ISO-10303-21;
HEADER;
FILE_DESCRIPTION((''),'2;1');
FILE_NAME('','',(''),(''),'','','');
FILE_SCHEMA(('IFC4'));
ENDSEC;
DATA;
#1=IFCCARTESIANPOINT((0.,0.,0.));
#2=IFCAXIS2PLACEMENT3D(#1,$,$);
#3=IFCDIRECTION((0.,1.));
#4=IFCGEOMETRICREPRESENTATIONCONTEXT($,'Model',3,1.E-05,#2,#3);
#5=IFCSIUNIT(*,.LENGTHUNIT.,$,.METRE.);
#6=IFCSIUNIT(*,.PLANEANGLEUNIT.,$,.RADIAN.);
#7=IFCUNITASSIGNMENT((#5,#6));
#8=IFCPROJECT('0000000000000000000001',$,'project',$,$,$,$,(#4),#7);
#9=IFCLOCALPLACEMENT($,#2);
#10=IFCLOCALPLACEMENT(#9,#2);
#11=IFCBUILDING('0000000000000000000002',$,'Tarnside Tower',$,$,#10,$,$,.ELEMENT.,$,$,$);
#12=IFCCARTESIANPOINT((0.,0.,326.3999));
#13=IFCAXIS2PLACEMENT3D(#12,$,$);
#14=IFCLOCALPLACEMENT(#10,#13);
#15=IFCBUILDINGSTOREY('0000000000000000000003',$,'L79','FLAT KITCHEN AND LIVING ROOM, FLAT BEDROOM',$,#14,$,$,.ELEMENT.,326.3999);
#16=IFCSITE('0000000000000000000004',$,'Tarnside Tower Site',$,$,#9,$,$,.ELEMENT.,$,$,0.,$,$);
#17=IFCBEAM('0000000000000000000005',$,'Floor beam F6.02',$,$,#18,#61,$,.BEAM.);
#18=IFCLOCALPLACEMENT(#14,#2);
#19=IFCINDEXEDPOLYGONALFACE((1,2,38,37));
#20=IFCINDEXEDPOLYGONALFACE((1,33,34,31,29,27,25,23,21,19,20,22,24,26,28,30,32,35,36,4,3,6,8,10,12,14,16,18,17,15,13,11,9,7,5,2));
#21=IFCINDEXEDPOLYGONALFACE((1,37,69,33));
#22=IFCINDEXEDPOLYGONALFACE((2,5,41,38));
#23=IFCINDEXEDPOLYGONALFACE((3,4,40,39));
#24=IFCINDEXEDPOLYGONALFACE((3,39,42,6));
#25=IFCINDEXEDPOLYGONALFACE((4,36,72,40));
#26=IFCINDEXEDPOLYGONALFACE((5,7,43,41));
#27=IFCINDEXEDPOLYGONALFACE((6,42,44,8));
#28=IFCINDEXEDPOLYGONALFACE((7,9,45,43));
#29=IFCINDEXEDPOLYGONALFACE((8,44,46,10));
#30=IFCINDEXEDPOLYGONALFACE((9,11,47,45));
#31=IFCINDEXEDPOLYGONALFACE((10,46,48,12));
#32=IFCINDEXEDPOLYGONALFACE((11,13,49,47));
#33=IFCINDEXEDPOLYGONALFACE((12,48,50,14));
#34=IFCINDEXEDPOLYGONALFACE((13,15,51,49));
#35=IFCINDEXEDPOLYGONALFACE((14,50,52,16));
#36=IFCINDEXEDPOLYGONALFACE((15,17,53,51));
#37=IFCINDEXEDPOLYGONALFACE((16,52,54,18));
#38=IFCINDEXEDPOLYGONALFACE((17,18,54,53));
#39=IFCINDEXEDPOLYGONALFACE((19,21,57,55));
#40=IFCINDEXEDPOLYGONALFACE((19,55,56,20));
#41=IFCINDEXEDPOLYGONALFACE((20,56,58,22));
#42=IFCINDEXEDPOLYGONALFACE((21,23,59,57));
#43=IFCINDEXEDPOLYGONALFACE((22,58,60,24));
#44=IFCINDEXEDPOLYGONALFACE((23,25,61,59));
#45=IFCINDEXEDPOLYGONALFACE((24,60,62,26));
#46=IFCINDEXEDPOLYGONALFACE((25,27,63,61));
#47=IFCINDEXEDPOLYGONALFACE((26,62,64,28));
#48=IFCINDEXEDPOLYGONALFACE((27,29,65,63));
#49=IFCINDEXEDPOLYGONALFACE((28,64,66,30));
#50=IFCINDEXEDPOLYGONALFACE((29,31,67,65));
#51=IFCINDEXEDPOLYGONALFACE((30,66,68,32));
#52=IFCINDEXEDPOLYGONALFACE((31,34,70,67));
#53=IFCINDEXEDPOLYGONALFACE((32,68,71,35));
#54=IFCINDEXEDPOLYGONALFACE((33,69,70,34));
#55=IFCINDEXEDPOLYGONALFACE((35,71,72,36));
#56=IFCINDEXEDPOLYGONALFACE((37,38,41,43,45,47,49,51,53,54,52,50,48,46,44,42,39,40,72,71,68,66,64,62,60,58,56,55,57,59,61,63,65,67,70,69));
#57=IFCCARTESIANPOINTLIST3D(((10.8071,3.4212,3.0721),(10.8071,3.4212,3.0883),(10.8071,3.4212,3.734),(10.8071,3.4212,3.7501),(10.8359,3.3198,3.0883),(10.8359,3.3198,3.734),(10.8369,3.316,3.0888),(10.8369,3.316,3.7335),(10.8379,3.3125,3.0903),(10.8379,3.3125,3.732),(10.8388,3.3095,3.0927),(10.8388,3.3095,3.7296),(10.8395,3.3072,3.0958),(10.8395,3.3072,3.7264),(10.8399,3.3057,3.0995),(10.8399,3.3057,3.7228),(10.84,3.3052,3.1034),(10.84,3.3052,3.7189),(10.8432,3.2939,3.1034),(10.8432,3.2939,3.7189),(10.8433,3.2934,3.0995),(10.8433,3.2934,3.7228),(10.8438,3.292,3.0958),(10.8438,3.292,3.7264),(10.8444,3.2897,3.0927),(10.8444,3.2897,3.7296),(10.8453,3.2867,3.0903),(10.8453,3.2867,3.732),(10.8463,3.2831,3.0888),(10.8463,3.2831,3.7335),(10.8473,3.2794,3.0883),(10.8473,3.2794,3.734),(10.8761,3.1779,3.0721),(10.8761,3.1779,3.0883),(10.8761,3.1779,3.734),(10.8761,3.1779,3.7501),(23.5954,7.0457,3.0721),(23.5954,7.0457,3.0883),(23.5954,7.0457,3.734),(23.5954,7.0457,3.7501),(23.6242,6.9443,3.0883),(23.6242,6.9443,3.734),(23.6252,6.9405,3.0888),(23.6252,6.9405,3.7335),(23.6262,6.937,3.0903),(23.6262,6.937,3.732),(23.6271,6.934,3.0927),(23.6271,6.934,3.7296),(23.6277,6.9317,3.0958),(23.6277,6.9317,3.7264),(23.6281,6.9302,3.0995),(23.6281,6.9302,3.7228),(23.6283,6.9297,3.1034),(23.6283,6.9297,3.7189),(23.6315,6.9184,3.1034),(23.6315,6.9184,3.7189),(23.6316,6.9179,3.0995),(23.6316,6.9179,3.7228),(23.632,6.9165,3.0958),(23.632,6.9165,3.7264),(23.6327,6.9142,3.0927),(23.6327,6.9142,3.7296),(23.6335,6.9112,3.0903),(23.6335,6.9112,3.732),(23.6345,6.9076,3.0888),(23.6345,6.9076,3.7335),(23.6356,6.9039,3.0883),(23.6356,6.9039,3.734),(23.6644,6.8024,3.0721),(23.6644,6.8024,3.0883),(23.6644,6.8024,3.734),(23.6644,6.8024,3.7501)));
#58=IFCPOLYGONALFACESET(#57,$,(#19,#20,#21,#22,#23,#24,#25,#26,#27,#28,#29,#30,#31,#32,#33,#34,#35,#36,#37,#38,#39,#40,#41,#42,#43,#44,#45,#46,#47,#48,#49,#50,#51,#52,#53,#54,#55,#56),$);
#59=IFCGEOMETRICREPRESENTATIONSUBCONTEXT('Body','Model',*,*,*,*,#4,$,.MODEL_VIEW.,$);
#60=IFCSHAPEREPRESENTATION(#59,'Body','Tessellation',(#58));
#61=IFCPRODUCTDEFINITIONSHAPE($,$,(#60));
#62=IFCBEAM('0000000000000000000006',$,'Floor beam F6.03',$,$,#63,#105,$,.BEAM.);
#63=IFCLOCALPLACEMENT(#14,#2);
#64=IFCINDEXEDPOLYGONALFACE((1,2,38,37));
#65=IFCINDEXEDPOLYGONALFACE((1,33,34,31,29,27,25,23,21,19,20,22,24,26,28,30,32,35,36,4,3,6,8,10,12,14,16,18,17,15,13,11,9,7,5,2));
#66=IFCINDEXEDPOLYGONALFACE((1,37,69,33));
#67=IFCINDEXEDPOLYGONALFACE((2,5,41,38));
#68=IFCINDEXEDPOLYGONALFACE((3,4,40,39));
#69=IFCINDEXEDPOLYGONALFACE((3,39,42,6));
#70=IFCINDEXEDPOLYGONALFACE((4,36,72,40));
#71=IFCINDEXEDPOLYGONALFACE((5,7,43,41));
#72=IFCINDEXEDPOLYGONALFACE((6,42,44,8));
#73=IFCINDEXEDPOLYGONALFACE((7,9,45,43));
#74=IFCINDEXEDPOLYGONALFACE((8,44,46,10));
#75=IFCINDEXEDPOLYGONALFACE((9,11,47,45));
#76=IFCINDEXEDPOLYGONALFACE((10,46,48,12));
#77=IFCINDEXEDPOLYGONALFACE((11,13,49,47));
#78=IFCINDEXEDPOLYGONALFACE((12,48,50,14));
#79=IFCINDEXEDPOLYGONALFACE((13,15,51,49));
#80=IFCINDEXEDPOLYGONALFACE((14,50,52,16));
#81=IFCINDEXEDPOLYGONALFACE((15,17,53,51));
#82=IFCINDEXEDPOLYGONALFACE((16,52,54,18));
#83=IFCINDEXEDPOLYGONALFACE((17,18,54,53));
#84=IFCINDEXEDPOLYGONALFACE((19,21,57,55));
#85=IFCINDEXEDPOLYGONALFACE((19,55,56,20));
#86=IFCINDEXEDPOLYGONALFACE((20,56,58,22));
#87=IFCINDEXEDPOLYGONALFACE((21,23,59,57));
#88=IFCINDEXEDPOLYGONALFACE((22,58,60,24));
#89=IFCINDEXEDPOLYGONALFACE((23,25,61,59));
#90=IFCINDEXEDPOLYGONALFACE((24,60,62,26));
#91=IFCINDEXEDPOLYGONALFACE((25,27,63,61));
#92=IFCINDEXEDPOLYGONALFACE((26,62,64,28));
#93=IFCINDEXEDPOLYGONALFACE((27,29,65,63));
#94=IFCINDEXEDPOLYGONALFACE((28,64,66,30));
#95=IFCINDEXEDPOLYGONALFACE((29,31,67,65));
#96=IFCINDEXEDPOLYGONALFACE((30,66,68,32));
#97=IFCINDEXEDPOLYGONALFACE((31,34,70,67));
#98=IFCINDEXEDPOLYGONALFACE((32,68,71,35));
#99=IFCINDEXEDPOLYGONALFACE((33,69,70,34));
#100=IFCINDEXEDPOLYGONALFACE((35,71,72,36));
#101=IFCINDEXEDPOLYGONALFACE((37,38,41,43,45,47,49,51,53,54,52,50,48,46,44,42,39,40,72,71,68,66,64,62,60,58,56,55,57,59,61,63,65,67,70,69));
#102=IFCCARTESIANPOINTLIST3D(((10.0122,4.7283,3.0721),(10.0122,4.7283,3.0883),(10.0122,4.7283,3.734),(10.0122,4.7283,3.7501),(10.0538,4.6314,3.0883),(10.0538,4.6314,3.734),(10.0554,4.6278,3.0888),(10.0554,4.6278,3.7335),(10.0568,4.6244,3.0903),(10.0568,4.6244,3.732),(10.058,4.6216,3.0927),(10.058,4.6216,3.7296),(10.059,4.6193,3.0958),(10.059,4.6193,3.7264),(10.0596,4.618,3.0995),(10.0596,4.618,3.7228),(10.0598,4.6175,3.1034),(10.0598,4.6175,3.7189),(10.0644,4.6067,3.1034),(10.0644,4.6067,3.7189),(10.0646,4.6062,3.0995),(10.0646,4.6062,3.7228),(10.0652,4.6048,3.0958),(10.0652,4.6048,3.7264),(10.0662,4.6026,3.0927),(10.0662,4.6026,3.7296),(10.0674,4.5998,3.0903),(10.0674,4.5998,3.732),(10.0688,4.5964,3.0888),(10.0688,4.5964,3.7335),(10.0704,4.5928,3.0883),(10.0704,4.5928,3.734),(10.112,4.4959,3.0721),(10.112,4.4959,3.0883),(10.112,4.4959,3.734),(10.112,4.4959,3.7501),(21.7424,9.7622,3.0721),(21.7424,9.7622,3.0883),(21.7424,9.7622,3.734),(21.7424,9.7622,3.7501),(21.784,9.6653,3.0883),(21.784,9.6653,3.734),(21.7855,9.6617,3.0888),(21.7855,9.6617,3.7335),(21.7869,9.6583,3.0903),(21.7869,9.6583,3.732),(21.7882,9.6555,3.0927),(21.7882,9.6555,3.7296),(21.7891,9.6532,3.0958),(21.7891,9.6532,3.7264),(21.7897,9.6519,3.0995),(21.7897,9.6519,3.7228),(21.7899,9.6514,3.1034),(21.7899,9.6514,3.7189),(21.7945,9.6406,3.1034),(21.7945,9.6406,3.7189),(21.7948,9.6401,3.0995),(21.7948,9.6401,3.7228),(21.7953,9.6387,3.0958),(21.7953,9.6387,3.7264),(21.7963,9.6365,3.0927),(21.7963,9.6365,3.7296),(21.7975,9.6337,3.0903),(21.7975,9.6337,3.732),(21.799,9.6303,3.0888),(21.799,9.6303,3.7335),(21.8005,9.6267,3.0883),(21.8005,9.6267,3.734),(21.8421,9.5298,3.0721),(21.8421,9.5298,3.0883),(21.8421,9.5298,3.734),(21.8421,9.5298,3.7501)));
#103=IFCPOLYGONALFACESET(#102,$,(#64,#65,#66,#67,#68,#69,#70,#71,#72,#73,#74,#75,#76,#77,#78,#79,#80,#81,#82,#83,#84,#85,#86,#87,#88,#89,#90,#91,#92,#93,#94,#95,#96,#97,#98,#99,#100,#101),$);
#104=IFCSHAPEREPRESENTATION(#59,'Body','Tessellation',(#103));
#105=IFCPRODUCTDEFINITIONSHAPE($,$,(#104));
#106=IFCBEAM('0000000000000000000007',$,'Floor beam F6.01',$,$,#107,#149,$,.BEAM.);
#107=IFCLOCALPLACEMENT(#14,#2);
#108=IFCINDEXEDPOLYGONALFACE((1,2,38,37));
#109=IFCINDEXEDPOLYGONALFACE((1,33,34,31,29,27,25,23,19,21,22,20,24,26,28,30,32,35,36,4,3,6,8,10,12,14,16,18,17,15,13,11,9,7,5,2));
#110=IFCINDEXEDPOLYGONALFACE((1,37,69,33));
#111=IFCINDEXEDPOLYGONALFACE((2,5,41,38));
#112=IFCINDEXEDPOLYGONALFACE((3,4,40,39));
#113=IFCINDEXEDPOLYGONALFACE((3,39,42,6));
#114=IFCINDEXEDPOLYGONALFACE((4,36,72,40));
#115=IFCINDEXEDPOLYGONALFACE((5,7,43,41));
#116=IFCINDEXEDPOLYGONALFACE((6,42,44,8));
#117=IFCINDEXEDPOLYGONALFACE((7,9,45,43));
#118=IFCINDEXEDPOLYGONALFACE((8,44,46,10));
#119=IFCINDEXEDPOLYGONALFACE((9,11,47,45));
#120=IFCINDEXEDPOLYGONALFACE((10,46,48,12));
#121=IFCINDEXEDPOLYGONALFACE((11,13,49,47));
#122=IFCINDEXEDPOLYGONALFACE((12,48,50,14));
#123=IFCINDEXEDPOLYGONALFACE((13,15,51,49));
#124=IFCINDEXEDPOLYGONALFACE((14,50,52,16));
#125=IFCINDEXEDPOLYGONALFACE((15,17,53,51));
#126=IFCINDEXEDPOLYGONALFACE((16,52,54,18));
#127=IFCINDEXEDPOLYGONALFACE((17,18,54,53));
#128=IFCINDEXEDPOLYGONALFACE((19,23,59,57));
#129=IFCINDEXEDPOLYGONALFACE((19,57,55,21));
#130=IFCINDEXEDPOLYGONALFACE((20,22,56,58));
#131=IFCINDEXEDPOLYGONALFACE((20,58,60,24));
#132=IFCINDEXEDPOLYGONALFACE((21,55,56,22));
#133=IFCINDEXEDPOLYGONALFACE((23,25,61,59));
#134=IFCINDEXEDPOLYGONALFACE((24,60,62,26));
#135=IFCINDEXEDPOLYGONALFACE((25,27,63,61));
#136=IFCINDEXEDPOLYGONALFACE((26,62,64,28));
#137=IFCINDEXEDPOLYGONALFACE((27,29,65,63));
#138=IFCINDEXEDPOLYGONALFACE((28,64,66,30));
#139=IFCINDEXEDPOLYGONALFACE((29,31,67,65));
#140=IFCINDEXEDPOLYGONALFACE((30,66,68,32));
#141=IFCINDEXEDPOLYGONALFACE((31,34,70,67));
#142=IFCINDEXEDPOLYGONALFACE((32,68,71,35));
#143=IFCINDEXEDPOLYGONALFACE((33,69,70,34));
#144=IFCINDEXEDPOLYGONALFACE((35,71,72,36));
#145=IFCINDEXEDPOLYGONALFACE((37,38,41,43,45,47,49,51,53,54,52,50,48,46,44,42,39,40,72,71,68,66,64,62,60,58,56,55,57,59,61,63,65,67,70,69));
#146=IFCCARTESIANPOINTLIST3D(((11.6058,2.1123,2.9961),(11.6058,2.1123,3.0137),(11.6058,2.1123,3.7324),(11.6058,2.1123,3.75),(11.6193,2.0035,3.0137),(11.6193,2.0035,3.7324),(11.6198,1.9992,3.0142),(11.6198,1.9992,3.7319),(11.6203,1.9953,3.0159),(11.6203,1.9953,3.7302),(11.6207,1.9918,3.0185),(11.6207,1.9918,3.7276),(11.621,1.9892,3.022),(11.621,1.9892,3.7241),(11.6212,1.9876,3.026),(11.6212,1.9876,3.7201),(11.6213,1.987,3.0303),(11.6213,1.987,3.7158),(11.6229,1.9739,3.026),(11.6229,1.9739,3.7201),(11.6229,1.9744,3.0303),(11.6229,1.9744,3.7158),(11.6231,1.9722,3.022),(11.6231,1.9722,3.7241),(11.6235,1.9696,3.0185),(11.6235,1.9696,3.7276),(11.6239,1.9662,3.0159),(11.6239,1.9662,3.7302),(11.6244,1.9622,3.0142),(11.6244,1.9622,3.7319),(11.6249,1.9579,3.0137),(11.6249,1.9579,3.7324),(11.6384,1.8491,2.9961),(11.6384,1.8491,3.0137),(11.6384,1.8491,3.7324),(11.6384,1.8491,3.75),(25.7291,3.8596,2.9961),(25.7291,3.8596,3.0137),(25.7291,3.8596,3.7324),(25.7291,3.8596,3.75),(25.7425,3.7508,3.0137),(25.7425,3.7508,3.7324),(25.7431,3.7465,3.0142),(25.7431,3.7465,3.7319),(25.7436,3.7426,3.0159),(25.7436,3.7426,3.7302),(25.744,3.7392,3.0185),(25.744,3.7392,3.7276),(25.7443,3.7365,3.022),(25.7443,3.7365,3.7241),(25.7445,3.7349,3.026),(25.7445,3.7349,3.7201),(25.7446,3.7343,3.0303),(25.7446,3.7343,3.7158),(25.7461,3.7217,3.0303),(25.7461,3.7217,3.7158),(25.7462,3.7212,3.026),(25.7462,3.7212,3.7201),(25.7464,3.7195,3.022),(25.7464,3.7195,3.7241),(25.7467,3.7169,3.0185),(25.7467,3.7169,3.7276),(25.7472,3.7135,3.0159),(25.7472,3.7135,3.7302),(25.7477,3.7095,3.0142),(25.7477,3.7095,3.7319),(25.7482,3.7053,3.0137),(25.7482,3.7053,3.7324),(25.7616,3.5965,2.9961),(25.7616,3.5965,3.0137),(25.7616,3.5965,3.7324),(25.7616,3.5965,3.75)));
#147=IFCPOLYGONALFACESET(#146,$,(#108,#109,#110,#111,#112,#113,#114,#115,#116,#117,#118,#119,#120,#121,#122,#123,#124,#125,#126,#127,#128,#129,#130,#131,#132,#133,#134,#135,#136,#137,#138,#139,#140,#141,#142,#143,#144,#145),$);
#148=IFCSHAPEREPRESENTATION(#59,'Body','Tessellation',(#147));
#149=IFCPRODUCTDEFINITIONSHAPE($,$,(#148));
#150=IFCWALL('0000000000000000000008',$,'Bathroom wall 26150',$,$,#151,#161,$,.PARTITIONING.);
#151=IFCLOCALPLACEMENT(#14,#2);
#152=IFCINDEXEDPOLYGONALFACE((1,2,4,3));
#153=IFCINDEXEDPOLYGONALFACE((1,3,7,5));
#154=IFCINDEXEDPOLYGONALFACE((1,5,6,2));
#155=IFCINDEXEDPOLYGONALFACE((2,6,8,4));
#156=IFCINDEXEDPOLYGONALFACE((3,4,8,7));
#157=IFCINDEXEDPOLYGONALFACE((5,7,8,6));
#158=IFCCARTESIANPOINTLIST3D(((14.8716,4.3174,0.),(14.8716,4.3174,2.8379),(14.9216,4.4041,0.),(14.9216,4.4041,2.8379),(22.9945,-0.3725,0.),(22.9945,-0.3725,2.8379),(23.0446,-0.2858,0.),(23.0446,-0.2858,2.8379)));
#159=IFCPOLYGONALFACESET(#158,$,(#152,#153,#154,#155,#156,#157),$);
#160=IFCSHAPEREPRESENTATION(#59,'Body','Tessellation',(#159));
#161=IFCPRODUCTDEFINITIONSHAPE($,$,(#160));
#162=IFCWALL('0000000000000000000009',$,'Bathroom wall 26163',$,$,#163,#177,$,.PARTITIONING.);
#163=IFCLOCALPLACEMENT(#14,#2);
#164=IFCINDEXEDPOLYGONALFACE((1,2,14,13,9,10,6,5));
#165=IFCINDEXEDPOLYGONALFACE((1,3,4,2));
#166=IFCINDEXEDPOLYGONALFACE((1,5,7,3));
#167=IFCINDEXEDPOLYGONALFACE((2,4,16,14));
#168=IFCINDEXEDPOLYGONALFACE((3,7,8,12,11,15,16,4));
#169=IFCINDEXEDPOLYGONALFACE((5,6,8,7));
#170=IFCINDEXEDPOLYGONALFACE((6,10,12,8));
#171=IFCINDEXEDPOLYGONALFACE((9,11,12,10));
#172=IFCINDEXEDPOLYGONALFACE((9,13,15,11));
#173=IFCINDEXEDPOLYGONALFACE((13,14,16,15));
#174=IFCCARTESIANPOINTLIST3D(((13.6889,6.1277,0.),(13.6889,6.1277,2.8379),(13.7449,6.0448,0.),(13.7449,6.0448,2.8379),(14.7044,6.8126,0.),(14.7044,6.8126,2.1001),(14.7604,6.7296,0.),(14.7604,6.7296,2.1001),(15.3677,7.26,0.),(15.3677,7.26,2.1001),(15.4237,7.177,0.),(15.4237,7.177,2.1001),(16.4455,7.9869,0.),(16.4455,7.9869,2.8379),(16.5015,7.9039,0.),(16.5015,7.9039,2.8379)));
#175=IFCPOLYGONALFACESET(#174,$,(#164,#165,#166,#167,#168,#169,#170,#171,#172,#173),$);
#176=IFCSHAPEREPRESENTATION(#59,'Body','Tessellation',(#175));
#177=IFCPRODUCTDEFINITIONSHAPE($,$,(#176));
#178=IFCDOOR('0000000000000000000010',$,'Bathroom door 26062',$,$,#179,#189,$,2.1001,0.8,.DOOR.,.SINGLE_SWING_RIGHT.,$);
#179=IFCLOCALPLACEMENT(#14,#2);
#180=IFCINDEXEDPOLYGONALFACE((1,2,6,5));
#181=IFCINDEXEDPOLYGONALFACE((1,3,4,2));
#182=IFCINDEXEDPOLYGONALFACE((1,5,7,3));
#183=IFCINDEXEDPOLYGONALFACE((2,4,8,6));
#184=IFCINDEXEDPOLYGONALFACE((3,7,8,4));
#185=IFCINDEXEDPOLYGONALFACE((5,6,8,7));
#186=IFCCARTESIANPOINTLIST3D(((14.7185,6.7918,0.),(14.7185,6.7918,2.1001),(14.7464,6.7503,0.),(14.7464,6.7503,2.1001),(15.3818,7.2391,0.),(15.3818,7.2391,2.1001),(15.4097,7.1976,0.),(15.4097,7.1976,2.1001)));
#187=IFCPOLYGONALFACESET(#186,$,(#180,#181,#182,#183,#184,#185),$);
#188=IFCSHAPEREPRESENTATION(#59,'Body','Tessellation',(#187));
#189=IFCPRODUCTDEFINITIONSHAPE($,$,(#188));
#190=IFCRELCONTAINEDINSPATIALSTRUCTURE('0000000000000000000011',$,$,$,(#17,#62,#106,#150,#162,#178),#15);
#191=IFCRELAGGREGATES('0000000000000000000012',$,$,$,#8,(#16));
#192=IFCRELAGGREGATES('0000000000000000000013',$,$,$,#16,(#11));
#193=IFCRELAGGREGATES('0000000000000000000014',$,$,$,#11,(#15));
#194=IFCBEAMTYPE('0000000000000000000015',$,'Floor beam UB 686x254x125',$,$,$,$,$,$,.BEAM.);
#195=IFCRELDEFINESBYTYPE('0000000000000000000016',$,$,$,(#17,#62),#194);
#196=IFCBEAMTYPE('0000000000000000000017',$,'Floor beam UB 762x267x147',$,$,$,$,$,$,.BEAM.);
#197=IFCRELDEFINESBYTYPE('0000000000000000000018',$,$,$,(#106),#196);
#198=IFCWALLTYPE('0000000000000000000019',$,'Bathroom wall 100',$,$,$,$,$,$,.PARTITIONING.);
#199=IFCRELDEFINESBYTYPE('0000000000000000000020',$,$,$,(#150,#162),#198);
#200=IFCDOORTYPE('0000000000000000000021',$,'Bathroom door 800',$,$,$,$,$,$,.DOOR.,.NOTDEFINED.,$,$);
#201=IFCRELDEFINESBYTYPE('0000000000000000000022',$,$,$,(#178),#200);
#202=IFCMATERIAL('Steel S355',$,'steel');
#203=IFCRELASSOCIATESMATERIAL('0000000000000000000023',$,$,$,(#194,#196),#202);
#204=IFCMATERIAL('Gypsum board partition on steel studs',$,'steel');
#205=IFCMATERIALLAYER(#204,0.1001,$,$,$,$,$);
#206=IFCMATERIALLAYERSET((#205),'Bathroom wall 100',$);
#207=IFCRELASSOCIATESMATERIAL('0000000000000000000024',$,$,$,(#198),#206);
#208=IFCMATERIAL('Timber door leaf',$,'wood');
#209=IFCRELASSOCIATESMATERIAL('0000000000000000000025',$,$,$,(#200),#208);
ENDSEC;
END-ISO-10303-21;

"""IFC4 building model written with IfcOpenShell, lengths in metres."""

from ifc_helpers import new_model, si_unit, direction, frame, frame_2d, origin, origin_2d, place, context, subcontext, project, spatial, rectangle, i_section, extrude, material, layer, layer_set, material_profile, profile_set, type_object, element, fill, save


model = new_model("IFC4")

# Units and contexts
model_context = context("Model", 3, precision=1e-05, world=origin(), true_north=direction((0.0, 1.0)))
body_context = subcontext(model_context, "Body", "Model", "MODEL_VIEW")
ifc_project = project(units=[si_unit("LENGTHUNIT", "METRE"), si_unit("PLANEANGLEUNIT", "RADIAN")], contexts=[model_context])

# Site, building, storey
site_placement = place(None, origin())
site = spatial("IfcSite", under=ifc_project, at=site_placement, Name="Tarnside Tower Site", CompositionType="ELEMENT", RefElevation=0.0)
building_placement = place(site_placement, origin())
building = spatial("IfcBuilding", under=site, at=building_placement, Name="Tarnside Tower", CompositionType="ELEMENT")
storey_placement = place(building_placement, frame((0.0, 0.0, 326.3999)))
storey = spatial("IfcBuildingStorey", under=building, at=storey_placement, Name="L79", Description="FLAT KITCHEN AND LIVING ROOM, FLAT BEDROOM", CompositionType="ELEMENT", Elevation=326.3999)

# Beams
ifc_material_1 = material(Name="Steel S355", Category="steel")
ifc_material_profile_1 = material_profile(ifc_material_1, i_section(OverallWidth=0.2529, OverallDepth=0.678, WebThickness=0.0117, FlangeThickness=0.0161, FilletRadius=0.0151, at=origin_2d()), Name="UB 686x254x125")
ifc_profile_set_1 = profile_set([ifc_material_profile_1], Name="Steel S355")
beam_type_1 = type_object("IfcBeamType", Name="Floor beam UB 686x254x125", PredefinedType="BEAM", material=ifc_profile_set_1)
beam_1_placement = place(storey_placement, frame((23.6299, 6.9241, 3.4111), z_axis=(-0.962104, -0.272683, 0.0), x_axis=(0.272683, -0.962104, 0.0)))
element("IfcBeam", 1, at=beam_1_placement, inside=storey, type_object=beam_type_1, Name="Floor beam F6.02", PredefinedType="BEAM", context=body_context, shape_type="SweptSolid", body=[
    extrude(i_section(OverallWidth=0.2529, OverallDepth=0.678, WebThickness=0.0117, FlangeThickness=0.0161, FilletRadius=0.0151, at=origin_2d()), origin(), (0.0, 0.0, 1.0), 13.292),
])
beam_2_placement = place(storey_placement, frame((21.7922, 9.646, 3.4111), z_axis=(-0.918955, -0.394362, 0.0), x_axis=(0.394362, -0.918955, 0.0)))
element("IfcBeam", 2, at=beam_2_placement, inside=storey, type_object=beam_type_1, Name="Floor beam F6.03", PredefinedType="BEAM", context=body_context, shape_type="SweptSolid", body=[
    extrude(i_section(OverallWidth=0.2529, OverallDepth=0.678, WebThickness=0.0117, FlangeThickness=0.0161, FilletRadius=0.0151, at=origin_2d()), origin(), (0.0, 0.0, 1.0), 12.7646),
])
ifc_material_profile_2 = material_profile(ifc_material_1, i_section(OverallWidth=0.2651, OverallDepth=0.7539, WebThickness=0.0127, FlangeThickness=0.0176, FilletRadius=0.0166, at=origin_2d()), Name="UB 762x267x147")
ifc_profile_set_2 = profile_set([ifc_material_profile_2], Name="Steel S355")
beam_type_2 = type_object("IfcBeamType", Name="Floor beam UB 762x267x147", PredefinedType="BEAM", material=ifc_profile_set_2)
beam_3_placement = place(storey_placement, frame((25.7454, 3.728, 3.373), z_axis=(-0.992434, -0.122783, 0.0), x_axis=(0.122783, -0.992434, 0.0)))
element("IfcBeam", 3, at=beam_3_placement, inside=storey, type_object=beam_type_2, Name="Floor beam F6.01", PredefinedType="BEAM", context=body_context, shape_type="SweptSolid", body=[
    extrude(i_section(OverallWidth=0.2651, OverallDepth=0.7539, WebThickness=0.0127, FlangeThickness=0.0176, FilletRadius=0.0166, at=origin_2d()), origin(), (0.0, 0.0, 1.0), 14.231),
])

# Wall
ifc_material_2 = material(Name="Gypsum board partition on steel studs", Category="steel")
ifc_layer_1 = layer(ifc_material_2, 0.1001)
ifc_layer_set_1 = layer_set([ifc_layer_1], Name="Bathroom wall 100")
wall_type_1 = type_object("IfcWallType", Name="Bathroom wall 100", PredefinedType="PARTITIONING", material=ifc_layer_set_1)
wall_1_placement = place(storey_placement, frame((14.8965, 4.3608, 0.0), z_axis=(0.0, 0.0, 1.0), x_axis=(0.866021, -0.500008, 0.0)))
element("IfcWall", 4, at=wall_1_placement, inside=storey, type_object=wall_type_1, Name="Bathroom wall 26150", PredefinedType="PARTITIONING", context=body_context, shape_type="SweptSolid", body=[
    extrude(rectangle(XDim=9.3796, YDim=0.1001, at=frame_2d((4.6899, 0.0))), origin(), (0.0, 0.0, 1.0), 2.8379),
])

# Wall, opening, door
wall_2_placement = place(storey_placement, frame((13.7168, 6.0862, 0.0), z_axis=(0.0, 0.0, 1.0), x_axis=(0.829067, 0.559149, 0.0)))
wall_2 = element("IfcWall", 5, at=wall_2_placement, inside=storey, type_object=wall_type_1, Name="Bathroom wall 26163", PredefinedType="PARTITIONING", context=body_context, shape_type="SweptSolid", body=[
    extrude(rectangle(XDim=3.325, YDim=0.1001, at=frame_2d((1.6626, 0.0))), origin(), (0.0, 0.0, 1.0), 2.8379),
])
opening_1_placement = place(wall_2_placement, frame((1.2251, 0.0, 0.0)))
opening_1 = element("IfcOpeningElement", 6, at=opening_1_placement, cuts=wall_2, PredefinedType="OPENING", context=body_context, shape_type="SweptSolid", body=[
    extrude(rectangle(XDim=0.8, YDim=2.1001, at=frame_2d((0.3999, 1.05))), frame((0.0, 0.0601, 0.0), z_axis=(0.0, -1.0, 0.0), x_axis=(1.0, 0.0, 0.0)), (0.0, 0.0, 1.0), 0.1201),
])
ifc_material_3 = material(Name="Timber door leaf", Category="wood")
door_type_1 = type_object("IfcDoorType", Name="Bathroom door 800", OperationType="NOTDEFINED", PredefinedType="DOOR", material=ifc_material_3)
door_1_placement = place(opening_1_placement, origin())
door_1 = element("IfcDoor", 7, at=door_1_placement, inside=storey, type_object=door_type_1, Name="Bathroom door 26062", OperationType="SINGLE_SWING_RIGHT", OverallHeight=2.1001, OverallWidth=0.8, PredefinedType="DOOR", context=body_context, shape_type="SweptSolid", body=[
    extrude(rectangle(XDim=0.8, YDim=2.1001, at=frame_2d((0.3999, 1.05))), frame((0.0, 0.0249, 0.0), z_axis=(0.0, -1.0, 0.0), x_axis=(1.0, 0.0, 0.0)), (0.0, 0.0, 1.0), 0.05),
])
fill(opening_1, door_1)

save(model, "model.ifc")
